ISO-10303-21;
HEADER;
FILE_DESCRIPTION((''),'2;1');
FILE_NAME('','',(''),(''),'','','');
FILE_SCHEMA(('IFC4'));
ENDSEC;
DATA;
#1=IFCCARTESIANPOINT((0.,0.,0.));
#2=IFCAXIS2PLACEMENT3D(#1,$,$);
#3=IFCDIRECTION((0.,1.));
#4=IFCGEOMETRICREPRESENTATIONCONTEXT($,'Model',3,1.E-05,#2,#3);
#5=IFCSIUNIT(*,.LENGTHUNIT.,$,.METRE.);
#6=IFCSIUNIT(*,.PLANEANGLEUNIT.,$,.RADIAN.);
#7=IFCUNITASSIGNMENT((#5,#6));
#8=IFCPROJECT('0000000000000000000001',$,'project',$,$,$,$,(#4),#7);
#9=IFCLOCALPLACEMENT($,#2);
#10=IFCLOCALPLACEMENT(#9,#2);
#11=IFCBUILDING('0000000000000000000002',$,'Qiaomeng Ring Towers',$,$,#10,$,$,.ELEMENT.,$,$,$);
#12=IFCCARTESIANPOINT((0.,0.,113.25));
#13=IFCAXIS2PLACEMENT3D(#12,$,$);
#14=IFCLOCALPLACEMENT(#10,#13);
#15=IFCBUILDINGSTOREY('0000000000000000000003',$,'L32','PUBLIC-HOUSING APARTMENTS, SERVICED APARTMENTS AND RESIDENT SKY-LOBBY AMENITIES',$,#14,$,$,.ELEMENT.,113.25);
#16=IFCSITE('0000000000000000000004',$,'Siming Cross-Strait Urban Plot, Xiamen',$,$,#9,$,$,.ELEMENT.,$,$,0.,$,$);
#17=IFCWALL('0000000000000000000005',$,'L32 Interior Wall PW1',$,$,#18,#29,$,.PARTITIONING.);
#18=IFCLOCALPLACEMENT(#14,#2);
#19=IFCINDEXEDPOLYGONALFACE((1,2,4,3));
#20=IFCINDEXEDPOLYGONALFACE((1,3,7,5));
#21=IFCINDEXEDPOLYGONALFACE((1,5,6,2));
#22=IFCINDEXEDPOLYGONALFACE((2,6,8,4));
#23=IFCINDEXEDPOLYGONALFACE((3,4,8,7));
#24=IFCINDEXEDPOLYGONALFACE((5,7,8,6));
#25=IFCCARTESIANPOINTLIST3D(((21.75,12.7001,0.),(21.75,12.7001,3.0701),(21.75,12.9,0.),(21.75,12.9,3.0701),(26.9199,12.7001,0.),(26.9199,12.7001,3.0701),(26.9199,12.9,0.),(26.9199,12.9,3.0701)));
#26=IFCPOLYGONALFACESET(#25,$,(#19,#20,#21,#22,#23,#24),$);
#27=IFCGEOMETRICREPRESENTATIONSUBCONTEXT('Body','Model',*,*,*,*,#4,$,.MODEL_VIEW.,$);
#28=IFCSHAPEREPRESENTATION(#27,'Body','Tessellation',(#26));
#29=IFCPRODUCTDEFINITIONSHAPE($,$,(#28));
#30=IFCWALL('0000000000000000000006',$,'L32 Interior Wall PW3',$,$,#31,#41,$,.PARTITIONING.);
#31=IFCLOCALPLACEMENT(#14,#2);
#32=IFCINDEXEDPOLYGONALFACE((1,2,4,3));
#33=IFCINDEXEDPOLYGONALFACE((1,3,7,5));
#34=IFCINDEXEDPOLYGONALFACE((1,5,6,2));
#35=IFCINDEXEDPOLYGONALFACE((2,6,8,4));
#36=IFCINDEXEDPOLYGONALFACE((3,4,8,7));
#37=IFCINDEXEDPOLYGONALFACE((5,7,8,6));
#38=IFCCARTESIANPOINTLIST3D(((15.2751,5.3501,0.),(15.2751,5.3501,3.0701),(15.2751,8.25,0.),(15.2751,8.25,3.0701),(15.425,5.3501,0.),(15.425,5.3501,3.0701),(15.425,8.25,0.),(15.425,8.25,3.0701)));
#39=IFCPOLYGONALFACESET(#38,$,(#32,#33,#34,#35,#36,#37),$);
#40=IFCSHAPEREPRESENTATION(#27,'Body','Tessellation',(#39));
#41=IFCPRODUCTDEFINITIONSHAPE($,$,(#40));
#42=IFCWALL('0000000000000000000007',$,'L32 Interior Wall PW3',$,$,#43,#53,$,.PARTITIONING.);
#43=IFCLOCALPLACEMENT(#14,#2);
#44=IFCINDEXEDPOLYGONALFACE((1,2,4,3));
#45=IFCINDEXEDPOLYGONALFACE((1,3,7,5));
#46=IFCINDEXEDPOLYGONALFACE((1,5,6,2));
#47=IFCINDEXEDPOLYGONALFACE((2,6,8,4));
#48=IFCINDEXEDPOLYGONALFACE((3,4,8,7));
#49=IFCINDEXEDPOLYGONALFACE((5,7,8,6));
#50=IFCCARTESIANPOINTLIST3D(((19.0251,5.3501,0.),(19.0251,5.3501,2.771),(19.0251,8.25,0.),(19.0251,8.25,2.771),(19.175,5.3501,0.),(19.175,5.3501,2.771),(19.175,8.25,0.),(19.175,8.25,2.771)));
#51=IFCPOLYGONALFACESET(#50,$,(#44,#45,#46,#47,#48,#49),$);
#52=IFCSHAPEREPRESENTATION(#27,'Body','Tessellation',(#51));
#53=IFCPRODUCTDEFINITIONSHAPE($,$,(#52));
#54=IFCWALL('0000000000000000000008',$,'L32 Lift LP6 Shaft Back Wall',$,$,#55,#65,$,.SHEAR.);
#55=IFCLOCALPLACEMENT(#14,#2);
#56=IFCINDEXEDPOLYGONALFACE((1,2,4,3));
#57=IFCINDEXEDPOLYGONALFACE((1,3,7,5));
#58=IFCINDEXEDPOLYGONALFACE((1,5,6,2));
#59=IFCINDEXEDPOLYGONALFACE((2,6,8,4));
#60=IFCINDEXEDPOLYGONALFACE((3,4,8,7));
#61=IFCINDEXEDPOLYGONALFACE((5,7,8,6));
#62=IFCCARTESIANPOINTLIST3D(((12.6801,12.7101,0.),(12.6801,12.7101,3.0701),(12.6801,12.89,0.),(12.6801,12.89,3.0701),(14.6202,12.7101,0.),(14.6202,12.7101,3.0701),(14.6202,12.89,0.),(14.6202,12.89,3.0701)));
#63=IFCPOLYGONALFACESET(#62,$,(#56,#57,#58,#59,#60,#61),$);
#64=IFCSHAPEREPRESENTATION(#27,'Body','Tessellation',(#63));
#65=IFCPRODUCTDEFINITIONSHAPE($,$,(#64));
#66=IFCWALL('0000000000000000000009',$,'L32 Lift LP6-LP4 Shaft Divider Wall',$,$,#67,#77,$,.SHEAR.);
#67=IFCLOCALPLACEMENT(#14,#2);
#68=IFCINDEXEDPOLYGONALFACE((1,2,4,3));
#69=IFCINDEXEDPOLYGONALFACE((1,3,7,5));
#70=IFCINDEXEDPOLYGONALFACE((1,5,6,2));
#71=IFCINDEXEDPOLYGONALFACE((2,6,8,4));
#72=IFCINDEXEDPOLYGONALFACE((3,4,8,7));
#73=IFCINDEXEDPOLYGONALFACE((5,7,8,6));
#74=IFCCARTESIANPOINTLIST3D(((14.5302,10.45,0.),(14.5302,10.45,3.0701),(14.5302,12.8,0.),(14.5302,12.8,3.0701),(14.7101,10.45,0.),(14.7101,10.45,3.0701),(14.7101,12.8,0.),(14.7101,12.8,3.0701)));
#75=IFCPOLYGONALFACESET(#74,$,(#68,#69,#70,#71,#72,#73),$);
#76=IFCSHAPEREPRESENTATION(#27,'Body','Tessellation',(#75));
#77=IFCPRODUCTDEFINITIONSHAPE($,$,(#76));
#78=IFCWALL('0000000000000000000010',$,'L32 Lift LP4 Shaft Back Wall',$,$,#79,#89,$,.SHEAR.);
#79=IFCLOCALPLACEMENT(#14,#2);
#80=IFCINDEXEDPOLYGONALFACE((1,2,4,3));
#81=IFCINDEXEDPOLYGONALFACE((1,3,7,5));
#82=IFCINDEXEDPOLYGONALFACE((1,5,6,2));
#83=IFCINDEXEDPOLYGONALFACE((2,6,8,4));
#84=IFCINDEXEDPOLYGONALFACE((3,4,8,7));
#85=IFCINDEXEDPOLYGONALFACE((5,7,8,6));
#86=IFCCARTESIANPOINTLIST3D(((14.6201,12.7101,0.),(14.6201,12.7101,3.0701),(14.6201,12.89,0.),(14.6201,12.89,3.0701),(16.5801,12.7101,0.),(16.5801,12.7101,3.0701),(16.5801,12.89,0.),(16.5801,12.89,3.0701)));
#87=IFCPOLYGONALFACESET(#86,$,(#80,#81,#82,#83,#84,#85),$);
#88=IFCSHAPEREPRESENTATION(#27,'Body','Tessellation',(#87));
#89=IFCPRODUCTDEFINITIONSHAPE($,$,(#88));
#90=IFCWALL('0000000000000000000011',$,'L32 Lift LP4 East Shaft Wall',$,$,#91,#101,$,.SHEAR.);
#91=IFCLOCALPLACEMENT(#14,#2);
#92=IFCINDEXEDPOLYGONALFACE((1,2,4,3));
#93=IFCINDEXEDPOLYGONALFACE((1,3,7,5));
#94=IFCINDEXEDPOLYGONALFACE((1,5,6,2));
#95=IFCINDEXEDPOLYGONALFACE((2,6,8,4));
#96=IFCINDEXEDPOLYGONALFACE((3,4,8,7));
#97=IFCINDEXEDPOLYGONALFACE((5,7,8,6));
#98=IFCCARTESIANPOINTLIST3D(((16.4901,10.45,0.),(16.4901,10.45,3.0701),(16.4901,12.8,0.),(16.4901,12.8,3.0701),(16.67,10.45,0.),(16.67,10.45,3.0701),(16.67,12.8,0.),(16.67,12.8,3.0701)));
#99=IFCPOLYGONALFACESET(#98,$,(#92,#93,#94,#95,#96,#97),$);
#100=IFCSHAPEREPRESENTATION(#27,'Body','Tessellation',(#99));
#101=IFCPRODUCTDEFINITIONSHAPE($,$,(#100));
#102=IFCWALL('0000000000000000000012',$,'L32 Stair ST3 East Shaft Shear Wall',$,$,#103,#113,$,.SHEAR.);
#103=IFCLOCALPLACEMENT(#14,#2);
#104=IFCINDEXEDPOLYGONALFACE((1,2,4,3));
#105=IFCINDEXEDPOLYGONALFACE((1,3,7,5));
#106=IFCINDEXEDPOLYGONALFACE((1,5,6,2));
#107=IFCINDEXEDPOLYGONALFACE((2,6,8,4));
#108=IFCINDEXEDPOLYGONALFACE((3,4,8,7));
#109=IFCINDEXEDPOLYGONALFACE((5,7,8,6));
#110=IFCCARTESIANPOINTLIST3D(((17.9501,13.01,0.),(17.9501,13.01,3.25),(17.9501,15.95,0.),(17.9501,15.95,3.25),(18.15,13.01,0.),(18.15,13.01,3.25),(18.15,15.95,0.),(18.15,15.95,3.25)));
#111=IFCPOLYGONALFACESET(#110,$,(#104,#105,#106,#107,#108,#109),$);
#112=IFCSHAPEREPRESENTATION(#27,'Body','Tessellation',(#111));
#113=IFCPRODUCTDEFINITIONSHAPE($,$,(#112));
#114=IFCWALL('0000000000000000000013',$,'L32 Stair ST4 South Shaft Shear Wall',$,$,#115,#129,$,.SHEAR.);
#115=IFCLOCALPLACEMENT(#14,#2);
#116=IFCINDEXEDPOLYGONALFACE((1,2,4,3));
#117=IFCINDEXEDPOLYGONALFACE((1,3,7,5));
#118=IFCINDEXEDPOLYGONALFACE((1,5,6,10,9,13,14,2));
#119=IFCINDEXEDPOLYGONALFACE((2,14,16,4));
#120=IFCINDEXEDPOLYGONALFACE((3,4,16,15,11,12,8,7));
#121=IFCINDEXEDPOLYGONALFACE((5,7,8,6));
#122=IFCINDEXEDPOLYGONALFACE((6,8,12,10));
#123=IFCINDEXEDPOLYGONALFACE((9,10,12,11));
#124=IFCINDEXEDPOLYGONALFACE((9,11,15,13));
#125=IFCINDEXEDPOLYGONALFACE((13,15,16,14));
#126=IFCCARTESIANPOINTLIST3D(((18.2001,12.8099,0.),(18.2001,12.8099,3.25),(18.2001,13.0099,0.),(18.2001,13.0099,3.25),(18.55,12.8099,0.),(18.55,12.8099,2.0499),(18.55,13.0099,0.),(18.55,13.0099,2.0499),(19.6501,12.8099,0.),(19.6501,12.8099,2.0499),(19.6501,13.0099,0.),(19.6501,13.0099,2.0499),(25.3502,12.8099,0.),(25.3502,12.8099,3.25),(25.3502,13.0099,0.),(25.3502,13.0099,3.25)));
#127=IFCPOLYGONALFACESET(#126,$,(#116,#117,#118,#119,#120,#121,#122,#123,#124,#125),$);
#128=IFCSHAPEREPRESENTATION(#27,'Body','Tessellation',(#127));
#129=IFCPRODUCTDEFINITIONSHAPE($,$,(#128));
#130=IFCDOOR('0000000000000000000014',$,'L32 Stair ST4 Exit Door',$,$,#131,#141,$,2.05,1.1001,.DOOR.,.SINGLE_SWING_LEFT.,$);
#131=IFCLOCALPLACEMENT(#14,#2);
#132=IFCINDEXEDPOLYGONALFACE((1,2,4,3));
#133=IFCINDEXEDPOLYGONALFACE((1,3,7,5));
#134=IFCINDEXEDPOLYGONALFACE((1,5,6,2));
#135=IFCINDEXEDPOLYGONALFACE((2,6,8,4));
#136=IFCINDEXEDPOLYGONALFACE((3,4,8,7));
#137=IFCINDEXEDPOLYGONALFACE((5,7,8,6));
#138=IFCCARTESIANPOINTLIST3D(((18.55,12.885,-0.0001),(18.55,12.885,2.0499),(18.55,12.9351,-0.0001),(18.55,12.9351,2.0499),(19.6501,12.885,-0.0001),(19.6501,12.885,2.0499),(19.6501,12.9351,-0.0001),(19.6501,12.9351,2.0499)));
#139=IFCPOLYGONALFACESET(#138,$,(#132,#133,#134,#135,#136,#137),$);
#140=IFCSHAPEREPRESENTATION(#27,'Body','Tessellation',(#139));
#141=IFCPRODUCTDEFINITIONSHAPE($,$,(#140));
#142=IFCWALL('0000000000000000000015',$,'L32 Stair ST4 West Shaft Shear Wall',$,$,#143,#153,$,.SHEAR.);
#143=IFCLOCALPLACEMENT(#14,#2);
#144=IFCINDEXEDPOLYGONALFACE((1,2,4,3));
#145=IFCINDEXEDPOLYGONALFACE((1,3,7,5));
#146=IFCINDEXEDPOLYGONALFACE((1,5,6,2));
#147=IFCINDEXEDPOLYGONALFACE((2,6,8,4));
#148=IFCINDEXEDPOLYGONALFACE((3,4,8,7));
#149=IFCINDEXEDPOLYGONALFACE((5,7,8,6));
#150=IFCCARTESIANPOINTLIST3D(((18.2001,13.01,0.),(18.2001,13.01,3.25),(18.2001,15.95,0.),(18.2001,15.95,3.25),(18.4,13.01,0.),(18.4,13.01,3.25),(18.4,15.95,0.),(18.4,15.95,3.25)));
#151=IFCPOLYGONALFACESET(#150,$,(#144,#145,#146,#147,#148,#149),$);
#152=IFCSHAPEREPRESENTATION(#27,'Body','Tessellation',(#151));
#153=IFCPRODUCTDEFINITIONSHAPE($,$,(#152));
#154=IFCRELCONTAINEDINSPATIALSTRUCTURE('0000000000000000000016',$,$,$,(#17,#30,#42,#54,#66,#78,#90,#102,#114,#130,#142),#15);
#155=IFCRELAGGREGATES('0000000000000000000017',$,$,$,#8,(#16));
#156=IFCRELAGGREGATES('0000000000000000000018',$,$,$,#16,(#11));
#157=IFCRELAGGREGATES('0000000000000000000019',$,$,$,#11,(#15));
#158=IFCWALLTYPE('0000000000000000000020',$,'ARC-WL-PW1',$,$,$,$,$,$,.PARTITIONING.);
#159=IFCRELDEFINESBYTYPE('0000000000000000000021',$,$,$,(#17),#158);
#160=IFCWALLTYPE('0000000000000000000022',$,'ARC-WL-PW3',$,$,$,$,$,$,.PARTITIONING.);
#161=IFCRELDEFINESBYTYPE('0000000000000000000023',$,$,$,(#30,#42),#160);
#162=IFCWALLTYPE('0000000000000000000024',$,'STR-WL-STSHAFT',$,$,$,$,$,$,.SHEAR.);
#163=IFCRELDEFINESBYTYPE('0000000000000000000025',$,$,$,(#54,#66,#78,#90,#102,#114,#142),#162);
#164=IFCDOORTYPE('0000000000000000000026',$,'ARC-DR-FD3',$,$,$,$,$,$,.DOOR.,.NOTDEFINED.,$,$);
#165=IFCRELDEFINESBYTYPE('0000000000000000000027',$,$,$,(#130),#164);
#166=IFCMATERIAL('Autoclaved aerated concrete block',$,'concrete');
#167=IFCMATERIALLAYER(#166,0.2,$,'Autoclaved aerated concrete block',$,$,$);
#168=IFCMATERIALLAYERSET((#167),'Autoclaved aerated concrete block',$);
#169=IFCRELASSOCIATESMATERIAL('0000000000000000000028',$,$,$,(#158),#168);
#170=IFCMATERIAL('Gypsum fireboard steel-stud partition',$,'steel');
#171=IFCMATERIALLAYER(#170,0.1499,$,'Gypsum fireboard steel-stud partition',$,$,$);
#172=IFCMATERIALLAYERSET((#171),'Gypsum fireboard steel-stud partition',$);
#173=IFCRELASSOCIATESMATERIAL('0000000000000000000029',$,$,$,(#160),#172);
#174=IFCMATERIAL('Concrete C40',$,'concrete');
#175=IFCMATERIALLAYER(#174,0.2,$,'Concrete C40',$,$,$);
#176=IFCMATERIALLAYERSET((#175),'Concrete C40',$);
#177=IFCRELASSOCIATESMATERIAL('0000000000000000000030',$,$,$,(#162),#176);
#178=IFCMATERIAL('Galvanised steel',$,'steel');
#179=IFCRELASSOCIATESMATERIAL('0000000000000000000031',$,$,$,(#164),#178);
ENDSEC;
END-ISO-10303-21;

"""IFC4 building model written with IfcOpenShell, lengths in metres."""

from ifc_helpers import new_model, si_unit, direction, frame, frame_2d, origin, place, context, subcontext, project, spatial, rectangle, extrude, source, transform, mapped, material, layer, layer_set, type_object, element, fill, save


model = new_model("IFC4")

# Units and contexts
model_context = context("Model", 3, precision=1e-05, world=origin(), true_north=direction((0.0, 1.0)))
body_context = subcontext(model_context, "Body", "Model", "MODEL_VIEW")
ifc_project = project(units=[si_unit("LENGTHUNIT", "METRE"), si_unit("PLANEANGLEUNIT", "RADIAN")], contexts=[model_context])

# Site, building, storey
site_placement = place(None, origin())
site = spatial("IfcSite", under=ifc_project, at=site_placement, Name="Siming Cross-Strait Urban Plot, Xiamen", CompositionType="ELEMENT", RefElevation=0.0)
building_placement = place(site_placement, origin())
building = spatial("IfcBuilding", under=site, at=building_placement, Name="Qiaomeng Ring Towers", CompositionType="ELEMENT")
storey_placement = place(building_placement, frame((0.0, 0.0, 113.25)))
storey = spatial("IfcBuildingStorey", under=building, at=storey_placement, Name="L32", Description="PUBLIC-HOUSING APARTMENTS, SERVICED APARTMENTS AND RESIDENT SKY-LOBBY AMENITIES", CompositionType="ELEMENT", Elevation=113.25)

# Walls
ifc_material_1 = material(Name="Autoclaved aerated concrete block", Category="concrete")
ifc_layer_1 = layer(ifc_material_1, 0.2, Name="Autoclaved aerated concrete block")
ifc_layer_set_1 = layer_set([ifc_layer_1], Name="Autoclaved aerated concrete block")
wall_type_1 = type_object("IfcWallType", Name="ARC-WL-PW1", PredefinedType="PARTITIONING", material=ifc_layer_set_1)
wall_1_placement = place(storey_placement, frame((21.75, 12.8, 0.0), z_axis=(0.0, 0.0, 1.0), x_axis=(1.0, 0.0, 0.0)))
element("IfcWall", 1, at=wall_1_placement, inside=storey, type_object=wall_type_1, Name="L32 Interior Wall PW1", PredefinedType="PARTITIONING", context=body_context, shape_type="SweptSolid", body=[
    extrude(rectangle(XDim=5.1699, YDim=0.2, at=frame_2d((2.585, 0.0))), origin(), (0.0, 0.0, 1.0), 3.0701),
])
ifc_material_2 = material(Name="Gypsum fireboard steel-stud partition", Category="steel")
ifc_layer_2 = layer(ifc_material_2, 0.1499, Name="Gypsum fireboard steel-stud partition")
ifc_layer_set_2 = layer_set([ifc_layer_2], Name="Gypsum fireboard steel-stud partition")
wall_type_2 = type_object("IfcWallType", Name="ARC-WL-PW3", PredefinedType="PARTITIONING", material=ifc_layer_set_2)
wall_2_placement = place(storey_placement, frame((15.3501, 5.3501, 0.0), z_axis=(0.0, 0.0, 1.0), x_axis=(0.0, 1.0, 0.0)))
element("IfcWall", 2, at=wall_2_placement, inside=storey, type_object=wall_type_2, Name="L32 Interior Wall PW3", PredefinedType="PARTITIONING", context=body_context, shape_type="SweptSolid", body=[
    extrude(rectangle(XDim=2.8999, YDim=0.1499, at=frame_2d((1.45, 0.0))), origin(), (0.0, 0.0, 1.0), 3.0701),
])
wall_3_placement = place(storey_placement, frame((19.1001, 5.3501, 0.0), z_axis=(0.0, 0.0, 1.0), x_axis=(0.0, 1.0, 0.0)))
element("IfcWall", 3, at=wall_3_placement, inside=storey, type_object=wall_type_2, Name="L32 Interior Wall PW3", PredefinedType="PARTITIONING", context=body_context, shape_type="SweptSolid", body=[
    extrude(rectangle(XDim=2.8999, YDim=0.1499, at=frame_2d((1.45, 0.0))), origin(), (0.0, 0.0, 1.0), 2.771),
])
ifc_material_3 = material(Name="Concrete C40", Category="concrete")
ifc_layer_3 = layer(ifc_material_3, 0.2, Name="Concrete C40")
ifc_layer_set_3 = layer_set([ifc_layer_3], Name="Concrete C40")
wall_type_3 = type_object("IfcWallType", Name="STR-WL-STSHAFT", PredefinedType="SHEAR", material=ifc_layer_set_3)
wall_4_placement = place(storey_placement, frame((12.6799, 12.8, 0.0), z_axis=(0.0, 0.0, 1.0), x_axis=(1.0, 0.0, 0.0)))
element("IfcWall", 4, at=wall_4_placement, inside=storey, type_object=wall_type_3, Name="L32 Lift LP6 Shaft Back Wall", PredefinedType="SHEAR", context=body_context, shape_type="SweptSolid", body=[
    extrude(rectangle(XDim=1.9402, YDim=0.1799, at=frame_2d((0.9702, 0.0))), origin(), (0.0, 0.0, 1.0), 3.0701),
])
wall_5_placement = place(storey_placement, frame((14.6201, 10.45, 0.0), z_axis=(0.0, 0.0, 1.0), x_axis=(0.0, 1.0, 0.0)))
element("IfcWall", 5, at=wall_5_placement, inside=storey, type_object=wall_type_3, Name="L32 Lift LP6-LP4 Shaft Divider Wall", PredefinedType="SHEAR", context=body_context, shape_type="SweptSolid", body=[
    extrude(rectangle(XDim=2.3501, YDim=0.1799, at=frame_2d((1.175, 0.0))), origin(), (0.0, 0.0, 1.0), 3.0701),
])
wall_6_placement = place(storey_placement, frame((14.6201, 12.8, 0.0), z_axis=(0.0, 0.0, 1.0), x_axis=(1.0, 0.0, 0.0)))
element("IfcWall", 6, at=wall_6_placement, inside=storey, type_object=wall_type_3, Name="L32 Lift LP4 Shaft Back Wall", PredefinedType="SHEAR", context=body_context, shape_type="SweptSolid", body=[
    extrude(rectangle(XDim=1.96, YDim=0.1799, at=frame_2d((0.98, 0.0))), origin(), (0.0, 0.0, 1.0), 3.0701),
])
wall_7_placement = place(storey_placement, frame((16.5801, 10.45, 0.0), z_axis=(0.0, 0.0, 1.0), x_axis=(0.0, 1.0, 0.0)))
element("IfcWall", 7, at=wall_7_placement, inside=storey, type_object=wall_type_3, Name="L32 Lift LP4 East Shaft Wall", PredefinedType="SHEAR", context=body_context, shape_type="SweptSolid", body=[
    extrude(rectangle(XDim=2.3501, YDim=0.1799, at=frame_2d((1.175, 0.0))), origin(), (0.0, 0.0, 1.0), 3.0701),
])
wall_8_placement = place(storey_placement, frame((18.05, 13.01, 0.0), z_axis=(0.0, 0.0, 1.0), x_axis=(0.0, 1.0, 0.0)))
element("IfcWall", 8, at=wall_8_placement, inside=storey, type_object=wall_type_3, Name="L32 Stair ST3 East Shaft Shear Wall", PredefinedType="SHEAR", context=body_context, shape_type="SweptSolid", body=[
    extrude(rectangle(XDim=2.9399, YDim=0.2, at=frame_2d((1.47, 0.0))), origin(), (0.0, 0.0, 1.0), 3.25),
])

# Wall, opening, door
wall_9_placement = place(storey_placement, frame((18.2, 12.9099, 0.0), z_axis=(0.0, 0.0, 1.0), x_axis=(1.0, 0.0, 0.0)))
wall_9 = element("IfcWall", 9, at=wall_9_placement, inside=storey, type_object=wall_type_3, Name="L32 Stair ST4 South Shaft Shear Wall", PredefinedType="SHEAR", context=body_context, shape_type="SweptSolid", body=[
    extrude(rectangle(XDim=7.1501, YDim=0.2, at=frame_2d((3.5752, 0.0))), origin(), (0.0, 0.0, 1.0), 3.25),
])
opening_placement = place(wall_9_placement, frame((0.3501, 0.0, 0.0)))
opening = element("IfcOpeningElement", 10, at=opening_placement, cuts=wall_9, PredefinedType="OPENING", context=body_context, shape_type="SweptSolid", body=[
    extrude(rectangle(XDim=1.1001, YDim=2.05, at=frame_2d((0.55, 1.0249))), frame((0.0, 0.1099, 0.0), z_axis=(0.0, -1.0, 0.0), x_axis=(1.0, 0.0, 0.0)), (0.0, 0.0, 1.0), 0.22),
])
ifc_material_4 = material(Name="Galvanised steel", Category="steel")
door_type = type_object("IfcDoorType", Name="ARC-DR-FD3", OperationType="NOTDEFINED", PredefinedType="DOOR", material=ifc_material_4)
shared_shape_1 = source(origin(), body_context, "Body", "SweptSolid", [
    extrude(rectangle(XDim=1.1001, YDim=2.05, at=frame_2d((0.55, 1.0249))), frame((0.0, 0.0249, 0.0), z_axis=(0.0, -1.0, 0.0), x_axis=(1.0, 0.0, 0.0)), (0.0, 0.0, 1.0), 0.05),
])
door_placement = place(opening_placement, frame((1.1001, 0.0, 0.0), z_axis=(0.0, 0.0, 1.0), x_axis=(-1.0, 0.0, 0.0)))
door = element("IfcDoor", 11, at=door_placement, inside=storey, type_object=door_type, Name="L32 Stair ST4 Exit Door", OperationType="SINGLE_SWING_LEFT", OverallHeight=2.05, OverallWidth=1.1001, PredefinedType="DOOR", context=body_context, shape_type="MappedRepresentation", body=[
    mapped(shared_shape_1, transform((0.0, 0.0, 0.0), x_axis=(1.0, 0.0, 0.0), y_axis=(0.0, 1.0, 0.0), z_axis=(0.0, 0.0, 1.0), scale=1.0)),
])
fill(opening, door)

# Wall
wall_10_placement = place(storey_placement, frame((18.3, 13.01, 0.0), z_axis=(0.0, 0.0, 1.0), x_axis=(0.0, 1.0, 0.0)))
element("IfcWall", 12, at=wall_10_placement, inside=storey, type_object=wall_type_3, Name="L32 Stair ST4 West Shaft Shear Wall", PredefinedType="SHEAR", context=body_context, shape_type="SweptSolid", body=[
    extrude(rectangle(XDim=2.9399, YDim=0.2, at=frame_2d((1.47, 0.0))), origin(), (0.0, 0.0, 1.0), 3.25),
])

save(model, "model.ifc")
